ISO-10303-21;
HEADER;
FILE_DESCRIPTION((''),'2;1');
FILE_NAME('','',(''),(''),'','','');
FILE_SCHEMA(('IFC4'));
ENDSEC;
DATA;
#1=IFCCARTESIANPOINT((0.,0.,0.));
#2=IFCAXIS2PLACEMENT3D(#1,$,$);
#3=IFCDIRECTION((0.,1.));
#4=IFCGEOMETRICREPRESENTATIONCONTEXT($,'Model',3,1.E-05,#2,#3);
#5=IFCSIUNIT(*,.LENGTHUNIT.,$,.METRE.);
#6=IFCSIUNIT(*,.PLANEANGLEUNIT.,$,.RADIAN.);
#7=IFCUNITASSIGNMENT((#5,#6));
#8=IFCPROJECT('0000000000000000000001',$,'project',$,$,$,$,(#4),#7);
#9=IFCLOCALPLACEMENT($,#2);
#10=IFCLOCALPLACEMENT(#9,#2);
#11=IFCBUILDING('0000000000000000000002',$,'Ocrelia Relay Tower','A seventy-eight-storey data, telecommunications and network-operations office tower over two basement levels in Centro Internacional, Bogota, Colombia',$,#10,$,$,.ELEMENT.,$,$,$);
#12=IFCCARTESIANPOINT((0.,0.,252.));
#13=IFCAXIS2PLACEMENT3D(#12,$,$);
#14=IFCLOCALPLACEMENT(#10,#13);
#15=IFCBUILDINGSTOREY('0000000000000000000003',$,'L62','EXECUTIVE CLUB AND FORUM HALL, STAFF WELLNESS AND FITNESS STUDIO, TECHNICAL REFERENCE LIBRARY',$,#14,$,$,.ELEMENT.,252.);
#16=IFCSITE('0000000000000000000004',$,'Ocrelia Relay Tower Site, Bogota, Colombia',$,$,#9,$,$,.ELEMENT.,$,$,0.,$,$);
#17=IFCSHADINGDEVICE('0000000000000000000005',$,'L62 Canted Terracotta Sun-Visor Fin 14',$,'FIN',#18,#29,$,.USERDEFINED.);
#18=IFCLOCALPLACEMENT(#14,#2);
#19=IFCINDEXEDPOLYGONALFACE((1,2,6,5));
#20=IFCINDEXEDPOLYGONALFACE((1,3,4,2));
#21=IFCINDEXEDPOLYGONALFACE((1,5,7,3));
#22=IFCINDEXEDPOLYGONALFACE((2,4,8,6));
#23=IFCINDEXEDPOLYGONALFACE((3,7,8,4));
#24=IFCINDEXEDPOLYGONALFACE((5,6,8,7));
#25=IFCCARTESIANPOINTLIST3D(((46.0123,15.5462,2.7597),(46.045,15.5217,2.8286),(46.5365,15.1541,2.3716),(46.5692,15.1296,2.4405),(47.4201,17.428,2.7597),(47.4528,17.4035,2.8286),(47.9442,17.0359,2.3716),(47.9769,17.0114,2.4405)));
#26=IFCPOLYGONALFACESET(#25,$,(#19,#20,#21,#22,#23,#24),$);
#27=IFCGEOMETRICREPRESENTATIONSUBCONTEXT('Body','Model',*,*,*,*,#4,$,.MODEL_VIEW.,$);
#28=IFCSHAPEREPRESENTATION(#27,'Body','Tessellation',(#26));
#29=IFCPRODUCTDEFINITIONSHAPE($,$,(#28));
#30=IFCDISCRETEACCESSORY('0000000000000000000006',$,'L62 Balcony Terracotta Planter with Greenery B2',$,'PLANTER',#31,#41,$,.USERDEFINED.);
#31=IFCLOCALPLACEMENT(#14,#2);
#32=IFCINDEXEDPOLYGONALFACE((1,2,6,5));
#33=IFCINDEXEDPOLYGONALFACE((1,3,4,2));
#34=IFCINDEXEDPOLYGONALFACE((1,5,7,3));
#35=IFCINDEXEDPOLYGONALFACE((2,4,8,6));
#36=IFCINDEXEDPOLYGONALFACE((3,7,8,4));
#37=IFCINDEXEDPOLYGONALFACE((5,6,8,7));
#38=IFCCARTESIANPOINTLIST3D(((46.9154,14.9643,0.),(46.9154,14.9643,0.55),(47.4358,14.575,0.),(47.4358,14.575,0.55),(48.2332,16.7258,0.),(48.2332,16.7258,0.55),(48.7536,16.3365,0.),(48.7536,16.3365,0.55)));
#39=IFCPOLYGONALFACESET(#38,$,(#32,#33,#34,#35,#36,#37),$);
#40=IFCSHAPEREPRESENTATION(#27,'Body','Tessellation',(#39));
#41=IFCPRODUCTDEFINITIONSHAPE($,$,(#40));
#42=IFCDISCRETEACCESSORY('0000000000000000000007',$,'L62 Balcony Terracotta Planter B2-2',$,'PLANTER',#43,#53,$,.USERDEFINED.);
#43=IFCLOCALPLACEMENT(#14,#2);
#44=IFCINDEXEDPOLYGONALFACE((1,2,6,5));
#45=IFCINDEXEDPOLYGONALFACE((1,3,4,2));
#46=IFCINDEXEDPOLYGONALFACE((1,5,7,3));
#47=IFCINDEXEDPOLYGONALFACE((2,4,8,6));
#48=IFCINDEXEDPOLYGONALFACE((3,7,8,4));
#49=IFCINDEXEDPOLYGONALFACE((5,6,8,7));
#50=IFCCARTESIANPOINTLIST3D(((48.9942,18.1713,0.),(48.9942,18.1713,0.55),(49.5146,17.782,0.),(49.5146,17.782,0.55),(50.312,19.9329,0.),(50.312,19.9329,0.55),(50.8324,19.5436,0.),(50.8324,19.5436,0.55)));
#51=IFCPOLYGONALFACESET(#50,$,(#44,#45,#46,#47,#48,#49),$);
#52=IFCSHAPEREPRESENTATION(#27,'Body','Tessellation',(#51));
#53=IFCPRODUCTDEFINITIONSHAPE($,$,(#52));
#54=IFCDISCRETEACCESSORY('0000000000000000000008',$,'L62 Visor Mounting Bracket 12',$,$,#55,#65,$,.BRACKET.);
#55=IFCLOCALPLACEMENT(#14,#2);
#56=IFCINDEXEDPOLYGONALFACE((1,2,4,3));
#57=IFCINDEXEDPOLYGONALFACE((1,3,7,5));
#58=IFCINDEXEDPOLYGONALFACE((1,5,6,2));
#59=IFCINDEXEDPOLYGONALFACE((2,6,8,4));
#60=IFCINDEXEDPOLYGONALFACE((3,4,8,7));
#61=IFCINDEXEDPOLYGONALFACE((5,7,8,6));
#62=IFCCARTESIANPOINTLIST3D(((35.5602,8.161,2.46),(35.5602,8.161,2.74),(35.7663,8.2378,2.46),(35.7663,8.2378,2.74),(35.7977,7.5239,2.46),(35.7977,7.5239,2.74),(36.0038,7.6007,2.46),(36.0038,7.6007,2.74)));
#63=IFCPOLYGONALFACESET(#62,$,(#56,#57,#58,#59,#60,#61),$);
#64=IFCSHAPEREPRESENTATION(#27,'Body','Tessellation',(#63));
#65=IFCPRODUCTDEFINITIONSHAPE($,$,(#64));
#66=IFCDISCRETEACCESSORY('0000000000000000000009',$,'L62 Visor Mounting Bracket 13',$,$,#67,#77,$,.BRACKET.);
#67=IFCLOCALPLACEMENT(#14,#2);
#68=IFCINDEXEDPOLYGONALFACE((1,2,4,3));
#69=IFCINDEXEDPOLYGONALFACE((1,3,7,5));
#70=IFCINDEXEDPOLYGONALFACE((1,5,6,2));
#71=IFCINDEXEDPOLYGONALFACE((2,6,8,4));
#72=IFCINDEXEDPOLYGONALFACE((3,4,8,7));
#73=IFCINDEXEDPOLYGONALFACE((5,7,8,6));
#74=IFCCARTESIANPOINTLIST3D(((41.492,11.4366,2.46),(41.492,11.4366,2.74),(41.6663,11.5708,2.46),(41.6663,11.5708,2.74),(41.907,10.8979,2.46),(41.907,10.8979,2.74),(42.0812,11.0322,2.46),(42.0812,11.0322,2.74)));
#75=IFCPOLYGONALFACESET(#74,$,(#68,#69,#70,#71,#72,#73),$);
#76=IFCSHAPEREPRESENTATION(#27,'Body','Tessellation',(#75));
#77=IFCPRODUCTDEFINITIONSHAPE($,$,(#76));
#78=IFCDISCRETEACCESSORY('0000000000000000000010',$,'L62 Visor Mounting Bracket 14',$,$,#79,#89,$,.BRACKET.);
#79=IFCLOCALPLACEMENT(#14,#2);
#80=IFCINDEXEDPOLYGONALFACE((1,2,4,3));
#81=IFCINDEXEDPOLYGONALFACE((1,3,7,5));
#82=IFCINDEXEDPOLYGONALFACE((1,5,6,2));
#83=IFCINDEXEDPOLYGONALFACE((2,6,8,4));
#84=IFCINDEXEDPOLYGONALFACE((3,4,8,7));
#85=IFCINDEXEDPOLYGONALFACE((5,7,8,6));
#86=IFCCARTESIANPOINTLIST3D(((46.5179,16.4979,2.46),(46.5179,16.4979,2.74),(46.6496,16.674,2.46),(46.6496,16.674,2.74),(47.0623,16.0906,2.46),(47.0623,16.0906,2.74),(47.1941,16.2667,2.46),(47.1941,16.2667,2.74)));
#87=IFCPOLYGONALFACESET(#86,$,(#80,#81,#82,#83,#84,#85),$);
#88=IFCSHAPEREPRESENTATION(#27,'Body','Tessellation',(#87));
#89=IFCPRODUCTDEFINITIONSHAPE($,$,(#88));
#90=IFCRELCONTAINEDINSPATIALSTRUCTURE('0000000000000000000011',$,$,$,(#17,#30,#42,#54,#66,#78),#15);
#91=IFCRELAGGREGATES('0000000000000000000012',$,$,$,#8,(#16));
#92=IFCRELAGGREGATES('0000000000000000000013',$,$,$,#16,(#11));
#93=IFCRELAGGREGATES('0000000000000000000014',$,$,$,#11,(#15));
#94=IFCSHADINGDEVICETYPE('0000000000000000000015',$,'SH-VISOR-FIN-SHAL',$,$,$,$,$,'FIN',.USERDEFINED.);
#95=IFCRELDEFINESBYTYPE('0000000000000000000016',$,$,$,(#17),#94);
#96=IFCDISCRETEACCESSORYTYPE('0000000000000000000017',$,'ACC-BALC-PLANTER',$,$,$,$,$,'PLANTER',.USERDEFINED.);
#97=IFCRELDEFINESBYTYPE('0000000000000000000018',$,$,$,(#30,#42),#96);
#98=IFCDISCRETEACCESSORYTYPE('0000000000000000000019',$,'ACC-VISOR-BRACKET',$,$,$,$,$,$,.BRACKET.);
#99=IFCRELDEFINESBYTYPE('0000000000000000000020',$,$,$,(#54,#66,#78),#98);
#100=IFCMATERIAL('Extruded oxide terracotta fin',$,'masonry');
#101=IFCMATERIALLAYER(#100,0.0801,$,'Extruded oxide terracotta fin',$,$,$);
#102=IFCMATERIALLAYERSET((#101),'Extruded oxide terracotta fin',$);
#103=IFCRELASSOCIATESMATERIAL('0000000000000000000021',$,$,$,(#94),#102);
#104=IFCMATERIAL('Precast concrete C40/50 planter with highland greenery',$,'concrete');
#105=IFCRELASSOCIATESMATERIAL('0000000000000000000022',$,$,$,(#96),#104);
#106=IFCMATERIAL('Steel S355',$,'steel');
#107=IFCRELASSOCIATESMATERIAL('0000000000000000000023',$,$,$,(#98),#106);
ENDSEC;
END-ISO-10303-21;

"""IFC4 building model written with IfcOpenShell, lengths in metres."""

from ifc_helpers import new_model, si_unit, direction, frame, origin, origin_2d, place, context, subcontext, project, spatial, rectangle, extrude, material, layer, layer_set, type_object, element, save


model = new_model("IFC4")

# Units and contexts
model_context = context("Model", 3, precision=1e-05, world=origin(), true_north=direction((0.0, 1.0)))
body_context = subcontext(model_context, "Body", "Model", "MODEL_VIEW")
ifc_project = project(units=[si_unit("LENGTHUNIT", "METRE"), si_unit("PLANEANGLEUNIT", "RADIAN")], contexts=[model_context])

# Site, building, storey
site_placement = place(None, origin())
site = spatial("IfcSite", under=ifc_project, at=site_placement, Name="Ocrelia Relay Tower Site, Bogota, Colombia", CompositionType="ELEMENT", RefElevation=0.0)
building_placement = place(site_placement, origin())
building = spatial("IfcBuilding", under=site, at=building_placement, Name="Ocrelia Relay Tower", Description="A seventy-eight-storey data, telecommunications and network-operations office tower over two basement levels in Centro Internacional, Bogota, Colombia", CompositionType="ELEMENT")
storey_placement = place(building_placement, frame((0.0, 0.0, 252.0)))
storey = spatial("IfcBuildingStorey", under=building, at=storey_placement, Name="L62", Description="EXECUTIVE CLUB AND FORUM HALL, STAFF WELLNESS AND FITNESS STUDIO, TECHNICAL REFERENCE LIBRARY", CompositionType="ELEMENT", Elevation=252.0)

# Shared definitions
ifc_material_1 = material(Name="Steel S355", Category="steel")

# Shading device
ifc_material_2 = material(Name="Extruded oxide terracotta fin", Category="masonry")
ifc_layer_1 = layer(ifc_material_2, 0.0801, Name="Extruded oxide terracotta fin")
ifc_layer_set_1 = layer_set([ifc_layer_1], Name="Extruded oxide terracotta fin")
shading_device_type_1 = type_object("IfcShadingDeviceType", Name="SH-VISOR-FIN-SHAL", ElementType="FIN", PredefinedType="USERDEFINED", material=ifc_layer_set_1)
shading_device_1_placement = place(storey_placement, frame((46.9783, 16.291, 2.5657), z_axis=(0.408327, -0.305467, 0.860208), x_axis=(0.599023, 0.800732, 0.0)))
element("IfcShadingDevice", 1, at=shading_device_1_placement, inside=storey, type_object=shading_device_type_1, Name="L62 Canted Terracotta Sun-Visor Fin 14", ObjectType="FIN", PredefinedType="USERDEFINED", context=body_context, shape_type="SweptSolid", body=[
    extrude(rectangle(XDim=2.3501, YDim=0.761, at=origin_2d()), origin(), (0.0, 0.0, 1.0), 0.0801),
])

# Discrete accessories
ifc_material_3 = material(Name="Precast concrete C40/50 planter with highland greenery", Category="concrete")
discrete_accessory_type_1 = type_object("IfcDiscreteAccessoryType", Name="ACC-BALC-PLANTER", ElementType="PLANTER", PredefinedType="USERDEFINED", material=ifc_material_3)
for number, where, z_axis, x_axis, name in (
    (2, (47.8345, 15.6504, 0.0), (0.0, 0.0, 1.0), (-0.599023, -0.800732, 0.0), "L62 Balcony Terracotta Planter with Greenery B2"),
    (3, (49.9133, 18.8574, 0.0), (0.0, 0.0, 1.0), (-0.599023, -0.800732, 0.0), "L62 Balcony Terracotta Planter B2-2"),
):
    element("IfcDiscreteAccessory", number, at=place(storey_placement, frame(where, z_axis=z_axis, x_axis=x_axis)), inside=storey, type_object=discrete_accessory_type_1, Name=name, ObjectType="PLANTER", PredefinedType="USERDEFINED", context=body_context, shape_type="SweptSolid", body=[
        extrude(rectangle(XDim=2.2, YDim=0.6499, at=origin_2d()), origin(), (0.0, 0.0, 1.0), 0.55),
    ])
discrete_accessory_type_2 = type_object("IfcDiscreteAccessoryType", Name="ACC-VISOR-BRACKET", PredefinedType="BRACKET", material=ifc_material_1)
for number, where, z_axis, x_axis, name in (
    (4, (35.782, 7.8809, 2.46), (0.0, 0.0, 1.0), (0.937004, 0.34932, 0.0), "L62 Visor Mounting Bracket 12"),
    (5, (41.7866, 11.2344, 2.46), (0.0, 0.0, 1.0), (0.792192, 0.610272, 0.0), "L62 Visor Mounting Bracket 13"),
    (6, (46.856, 16.3823, 2.46), (0.0, 0.0, 1.0), (0.599023, 0.800732, 0.0), "L62 Visor Mounting Bracket 14"),
):
    element("IfcDiscreteAccessory", number, at=place(storey_placement, frame(where, z_axis=z_axis, x_axis=x_axis)), inside=storey, type_object=discrete_accessory_type_2, Name=name, PredefinedType="BRACKET", context=body_context, shape_type="SweptSolid", body=[
        extrude(rectangle(XDim=0.22, YDim=0.6799, at=origin_2d()), origin(), (0.0, 0.0, 1.0), 0.28),
    ])

save(model, "model.ifc")
